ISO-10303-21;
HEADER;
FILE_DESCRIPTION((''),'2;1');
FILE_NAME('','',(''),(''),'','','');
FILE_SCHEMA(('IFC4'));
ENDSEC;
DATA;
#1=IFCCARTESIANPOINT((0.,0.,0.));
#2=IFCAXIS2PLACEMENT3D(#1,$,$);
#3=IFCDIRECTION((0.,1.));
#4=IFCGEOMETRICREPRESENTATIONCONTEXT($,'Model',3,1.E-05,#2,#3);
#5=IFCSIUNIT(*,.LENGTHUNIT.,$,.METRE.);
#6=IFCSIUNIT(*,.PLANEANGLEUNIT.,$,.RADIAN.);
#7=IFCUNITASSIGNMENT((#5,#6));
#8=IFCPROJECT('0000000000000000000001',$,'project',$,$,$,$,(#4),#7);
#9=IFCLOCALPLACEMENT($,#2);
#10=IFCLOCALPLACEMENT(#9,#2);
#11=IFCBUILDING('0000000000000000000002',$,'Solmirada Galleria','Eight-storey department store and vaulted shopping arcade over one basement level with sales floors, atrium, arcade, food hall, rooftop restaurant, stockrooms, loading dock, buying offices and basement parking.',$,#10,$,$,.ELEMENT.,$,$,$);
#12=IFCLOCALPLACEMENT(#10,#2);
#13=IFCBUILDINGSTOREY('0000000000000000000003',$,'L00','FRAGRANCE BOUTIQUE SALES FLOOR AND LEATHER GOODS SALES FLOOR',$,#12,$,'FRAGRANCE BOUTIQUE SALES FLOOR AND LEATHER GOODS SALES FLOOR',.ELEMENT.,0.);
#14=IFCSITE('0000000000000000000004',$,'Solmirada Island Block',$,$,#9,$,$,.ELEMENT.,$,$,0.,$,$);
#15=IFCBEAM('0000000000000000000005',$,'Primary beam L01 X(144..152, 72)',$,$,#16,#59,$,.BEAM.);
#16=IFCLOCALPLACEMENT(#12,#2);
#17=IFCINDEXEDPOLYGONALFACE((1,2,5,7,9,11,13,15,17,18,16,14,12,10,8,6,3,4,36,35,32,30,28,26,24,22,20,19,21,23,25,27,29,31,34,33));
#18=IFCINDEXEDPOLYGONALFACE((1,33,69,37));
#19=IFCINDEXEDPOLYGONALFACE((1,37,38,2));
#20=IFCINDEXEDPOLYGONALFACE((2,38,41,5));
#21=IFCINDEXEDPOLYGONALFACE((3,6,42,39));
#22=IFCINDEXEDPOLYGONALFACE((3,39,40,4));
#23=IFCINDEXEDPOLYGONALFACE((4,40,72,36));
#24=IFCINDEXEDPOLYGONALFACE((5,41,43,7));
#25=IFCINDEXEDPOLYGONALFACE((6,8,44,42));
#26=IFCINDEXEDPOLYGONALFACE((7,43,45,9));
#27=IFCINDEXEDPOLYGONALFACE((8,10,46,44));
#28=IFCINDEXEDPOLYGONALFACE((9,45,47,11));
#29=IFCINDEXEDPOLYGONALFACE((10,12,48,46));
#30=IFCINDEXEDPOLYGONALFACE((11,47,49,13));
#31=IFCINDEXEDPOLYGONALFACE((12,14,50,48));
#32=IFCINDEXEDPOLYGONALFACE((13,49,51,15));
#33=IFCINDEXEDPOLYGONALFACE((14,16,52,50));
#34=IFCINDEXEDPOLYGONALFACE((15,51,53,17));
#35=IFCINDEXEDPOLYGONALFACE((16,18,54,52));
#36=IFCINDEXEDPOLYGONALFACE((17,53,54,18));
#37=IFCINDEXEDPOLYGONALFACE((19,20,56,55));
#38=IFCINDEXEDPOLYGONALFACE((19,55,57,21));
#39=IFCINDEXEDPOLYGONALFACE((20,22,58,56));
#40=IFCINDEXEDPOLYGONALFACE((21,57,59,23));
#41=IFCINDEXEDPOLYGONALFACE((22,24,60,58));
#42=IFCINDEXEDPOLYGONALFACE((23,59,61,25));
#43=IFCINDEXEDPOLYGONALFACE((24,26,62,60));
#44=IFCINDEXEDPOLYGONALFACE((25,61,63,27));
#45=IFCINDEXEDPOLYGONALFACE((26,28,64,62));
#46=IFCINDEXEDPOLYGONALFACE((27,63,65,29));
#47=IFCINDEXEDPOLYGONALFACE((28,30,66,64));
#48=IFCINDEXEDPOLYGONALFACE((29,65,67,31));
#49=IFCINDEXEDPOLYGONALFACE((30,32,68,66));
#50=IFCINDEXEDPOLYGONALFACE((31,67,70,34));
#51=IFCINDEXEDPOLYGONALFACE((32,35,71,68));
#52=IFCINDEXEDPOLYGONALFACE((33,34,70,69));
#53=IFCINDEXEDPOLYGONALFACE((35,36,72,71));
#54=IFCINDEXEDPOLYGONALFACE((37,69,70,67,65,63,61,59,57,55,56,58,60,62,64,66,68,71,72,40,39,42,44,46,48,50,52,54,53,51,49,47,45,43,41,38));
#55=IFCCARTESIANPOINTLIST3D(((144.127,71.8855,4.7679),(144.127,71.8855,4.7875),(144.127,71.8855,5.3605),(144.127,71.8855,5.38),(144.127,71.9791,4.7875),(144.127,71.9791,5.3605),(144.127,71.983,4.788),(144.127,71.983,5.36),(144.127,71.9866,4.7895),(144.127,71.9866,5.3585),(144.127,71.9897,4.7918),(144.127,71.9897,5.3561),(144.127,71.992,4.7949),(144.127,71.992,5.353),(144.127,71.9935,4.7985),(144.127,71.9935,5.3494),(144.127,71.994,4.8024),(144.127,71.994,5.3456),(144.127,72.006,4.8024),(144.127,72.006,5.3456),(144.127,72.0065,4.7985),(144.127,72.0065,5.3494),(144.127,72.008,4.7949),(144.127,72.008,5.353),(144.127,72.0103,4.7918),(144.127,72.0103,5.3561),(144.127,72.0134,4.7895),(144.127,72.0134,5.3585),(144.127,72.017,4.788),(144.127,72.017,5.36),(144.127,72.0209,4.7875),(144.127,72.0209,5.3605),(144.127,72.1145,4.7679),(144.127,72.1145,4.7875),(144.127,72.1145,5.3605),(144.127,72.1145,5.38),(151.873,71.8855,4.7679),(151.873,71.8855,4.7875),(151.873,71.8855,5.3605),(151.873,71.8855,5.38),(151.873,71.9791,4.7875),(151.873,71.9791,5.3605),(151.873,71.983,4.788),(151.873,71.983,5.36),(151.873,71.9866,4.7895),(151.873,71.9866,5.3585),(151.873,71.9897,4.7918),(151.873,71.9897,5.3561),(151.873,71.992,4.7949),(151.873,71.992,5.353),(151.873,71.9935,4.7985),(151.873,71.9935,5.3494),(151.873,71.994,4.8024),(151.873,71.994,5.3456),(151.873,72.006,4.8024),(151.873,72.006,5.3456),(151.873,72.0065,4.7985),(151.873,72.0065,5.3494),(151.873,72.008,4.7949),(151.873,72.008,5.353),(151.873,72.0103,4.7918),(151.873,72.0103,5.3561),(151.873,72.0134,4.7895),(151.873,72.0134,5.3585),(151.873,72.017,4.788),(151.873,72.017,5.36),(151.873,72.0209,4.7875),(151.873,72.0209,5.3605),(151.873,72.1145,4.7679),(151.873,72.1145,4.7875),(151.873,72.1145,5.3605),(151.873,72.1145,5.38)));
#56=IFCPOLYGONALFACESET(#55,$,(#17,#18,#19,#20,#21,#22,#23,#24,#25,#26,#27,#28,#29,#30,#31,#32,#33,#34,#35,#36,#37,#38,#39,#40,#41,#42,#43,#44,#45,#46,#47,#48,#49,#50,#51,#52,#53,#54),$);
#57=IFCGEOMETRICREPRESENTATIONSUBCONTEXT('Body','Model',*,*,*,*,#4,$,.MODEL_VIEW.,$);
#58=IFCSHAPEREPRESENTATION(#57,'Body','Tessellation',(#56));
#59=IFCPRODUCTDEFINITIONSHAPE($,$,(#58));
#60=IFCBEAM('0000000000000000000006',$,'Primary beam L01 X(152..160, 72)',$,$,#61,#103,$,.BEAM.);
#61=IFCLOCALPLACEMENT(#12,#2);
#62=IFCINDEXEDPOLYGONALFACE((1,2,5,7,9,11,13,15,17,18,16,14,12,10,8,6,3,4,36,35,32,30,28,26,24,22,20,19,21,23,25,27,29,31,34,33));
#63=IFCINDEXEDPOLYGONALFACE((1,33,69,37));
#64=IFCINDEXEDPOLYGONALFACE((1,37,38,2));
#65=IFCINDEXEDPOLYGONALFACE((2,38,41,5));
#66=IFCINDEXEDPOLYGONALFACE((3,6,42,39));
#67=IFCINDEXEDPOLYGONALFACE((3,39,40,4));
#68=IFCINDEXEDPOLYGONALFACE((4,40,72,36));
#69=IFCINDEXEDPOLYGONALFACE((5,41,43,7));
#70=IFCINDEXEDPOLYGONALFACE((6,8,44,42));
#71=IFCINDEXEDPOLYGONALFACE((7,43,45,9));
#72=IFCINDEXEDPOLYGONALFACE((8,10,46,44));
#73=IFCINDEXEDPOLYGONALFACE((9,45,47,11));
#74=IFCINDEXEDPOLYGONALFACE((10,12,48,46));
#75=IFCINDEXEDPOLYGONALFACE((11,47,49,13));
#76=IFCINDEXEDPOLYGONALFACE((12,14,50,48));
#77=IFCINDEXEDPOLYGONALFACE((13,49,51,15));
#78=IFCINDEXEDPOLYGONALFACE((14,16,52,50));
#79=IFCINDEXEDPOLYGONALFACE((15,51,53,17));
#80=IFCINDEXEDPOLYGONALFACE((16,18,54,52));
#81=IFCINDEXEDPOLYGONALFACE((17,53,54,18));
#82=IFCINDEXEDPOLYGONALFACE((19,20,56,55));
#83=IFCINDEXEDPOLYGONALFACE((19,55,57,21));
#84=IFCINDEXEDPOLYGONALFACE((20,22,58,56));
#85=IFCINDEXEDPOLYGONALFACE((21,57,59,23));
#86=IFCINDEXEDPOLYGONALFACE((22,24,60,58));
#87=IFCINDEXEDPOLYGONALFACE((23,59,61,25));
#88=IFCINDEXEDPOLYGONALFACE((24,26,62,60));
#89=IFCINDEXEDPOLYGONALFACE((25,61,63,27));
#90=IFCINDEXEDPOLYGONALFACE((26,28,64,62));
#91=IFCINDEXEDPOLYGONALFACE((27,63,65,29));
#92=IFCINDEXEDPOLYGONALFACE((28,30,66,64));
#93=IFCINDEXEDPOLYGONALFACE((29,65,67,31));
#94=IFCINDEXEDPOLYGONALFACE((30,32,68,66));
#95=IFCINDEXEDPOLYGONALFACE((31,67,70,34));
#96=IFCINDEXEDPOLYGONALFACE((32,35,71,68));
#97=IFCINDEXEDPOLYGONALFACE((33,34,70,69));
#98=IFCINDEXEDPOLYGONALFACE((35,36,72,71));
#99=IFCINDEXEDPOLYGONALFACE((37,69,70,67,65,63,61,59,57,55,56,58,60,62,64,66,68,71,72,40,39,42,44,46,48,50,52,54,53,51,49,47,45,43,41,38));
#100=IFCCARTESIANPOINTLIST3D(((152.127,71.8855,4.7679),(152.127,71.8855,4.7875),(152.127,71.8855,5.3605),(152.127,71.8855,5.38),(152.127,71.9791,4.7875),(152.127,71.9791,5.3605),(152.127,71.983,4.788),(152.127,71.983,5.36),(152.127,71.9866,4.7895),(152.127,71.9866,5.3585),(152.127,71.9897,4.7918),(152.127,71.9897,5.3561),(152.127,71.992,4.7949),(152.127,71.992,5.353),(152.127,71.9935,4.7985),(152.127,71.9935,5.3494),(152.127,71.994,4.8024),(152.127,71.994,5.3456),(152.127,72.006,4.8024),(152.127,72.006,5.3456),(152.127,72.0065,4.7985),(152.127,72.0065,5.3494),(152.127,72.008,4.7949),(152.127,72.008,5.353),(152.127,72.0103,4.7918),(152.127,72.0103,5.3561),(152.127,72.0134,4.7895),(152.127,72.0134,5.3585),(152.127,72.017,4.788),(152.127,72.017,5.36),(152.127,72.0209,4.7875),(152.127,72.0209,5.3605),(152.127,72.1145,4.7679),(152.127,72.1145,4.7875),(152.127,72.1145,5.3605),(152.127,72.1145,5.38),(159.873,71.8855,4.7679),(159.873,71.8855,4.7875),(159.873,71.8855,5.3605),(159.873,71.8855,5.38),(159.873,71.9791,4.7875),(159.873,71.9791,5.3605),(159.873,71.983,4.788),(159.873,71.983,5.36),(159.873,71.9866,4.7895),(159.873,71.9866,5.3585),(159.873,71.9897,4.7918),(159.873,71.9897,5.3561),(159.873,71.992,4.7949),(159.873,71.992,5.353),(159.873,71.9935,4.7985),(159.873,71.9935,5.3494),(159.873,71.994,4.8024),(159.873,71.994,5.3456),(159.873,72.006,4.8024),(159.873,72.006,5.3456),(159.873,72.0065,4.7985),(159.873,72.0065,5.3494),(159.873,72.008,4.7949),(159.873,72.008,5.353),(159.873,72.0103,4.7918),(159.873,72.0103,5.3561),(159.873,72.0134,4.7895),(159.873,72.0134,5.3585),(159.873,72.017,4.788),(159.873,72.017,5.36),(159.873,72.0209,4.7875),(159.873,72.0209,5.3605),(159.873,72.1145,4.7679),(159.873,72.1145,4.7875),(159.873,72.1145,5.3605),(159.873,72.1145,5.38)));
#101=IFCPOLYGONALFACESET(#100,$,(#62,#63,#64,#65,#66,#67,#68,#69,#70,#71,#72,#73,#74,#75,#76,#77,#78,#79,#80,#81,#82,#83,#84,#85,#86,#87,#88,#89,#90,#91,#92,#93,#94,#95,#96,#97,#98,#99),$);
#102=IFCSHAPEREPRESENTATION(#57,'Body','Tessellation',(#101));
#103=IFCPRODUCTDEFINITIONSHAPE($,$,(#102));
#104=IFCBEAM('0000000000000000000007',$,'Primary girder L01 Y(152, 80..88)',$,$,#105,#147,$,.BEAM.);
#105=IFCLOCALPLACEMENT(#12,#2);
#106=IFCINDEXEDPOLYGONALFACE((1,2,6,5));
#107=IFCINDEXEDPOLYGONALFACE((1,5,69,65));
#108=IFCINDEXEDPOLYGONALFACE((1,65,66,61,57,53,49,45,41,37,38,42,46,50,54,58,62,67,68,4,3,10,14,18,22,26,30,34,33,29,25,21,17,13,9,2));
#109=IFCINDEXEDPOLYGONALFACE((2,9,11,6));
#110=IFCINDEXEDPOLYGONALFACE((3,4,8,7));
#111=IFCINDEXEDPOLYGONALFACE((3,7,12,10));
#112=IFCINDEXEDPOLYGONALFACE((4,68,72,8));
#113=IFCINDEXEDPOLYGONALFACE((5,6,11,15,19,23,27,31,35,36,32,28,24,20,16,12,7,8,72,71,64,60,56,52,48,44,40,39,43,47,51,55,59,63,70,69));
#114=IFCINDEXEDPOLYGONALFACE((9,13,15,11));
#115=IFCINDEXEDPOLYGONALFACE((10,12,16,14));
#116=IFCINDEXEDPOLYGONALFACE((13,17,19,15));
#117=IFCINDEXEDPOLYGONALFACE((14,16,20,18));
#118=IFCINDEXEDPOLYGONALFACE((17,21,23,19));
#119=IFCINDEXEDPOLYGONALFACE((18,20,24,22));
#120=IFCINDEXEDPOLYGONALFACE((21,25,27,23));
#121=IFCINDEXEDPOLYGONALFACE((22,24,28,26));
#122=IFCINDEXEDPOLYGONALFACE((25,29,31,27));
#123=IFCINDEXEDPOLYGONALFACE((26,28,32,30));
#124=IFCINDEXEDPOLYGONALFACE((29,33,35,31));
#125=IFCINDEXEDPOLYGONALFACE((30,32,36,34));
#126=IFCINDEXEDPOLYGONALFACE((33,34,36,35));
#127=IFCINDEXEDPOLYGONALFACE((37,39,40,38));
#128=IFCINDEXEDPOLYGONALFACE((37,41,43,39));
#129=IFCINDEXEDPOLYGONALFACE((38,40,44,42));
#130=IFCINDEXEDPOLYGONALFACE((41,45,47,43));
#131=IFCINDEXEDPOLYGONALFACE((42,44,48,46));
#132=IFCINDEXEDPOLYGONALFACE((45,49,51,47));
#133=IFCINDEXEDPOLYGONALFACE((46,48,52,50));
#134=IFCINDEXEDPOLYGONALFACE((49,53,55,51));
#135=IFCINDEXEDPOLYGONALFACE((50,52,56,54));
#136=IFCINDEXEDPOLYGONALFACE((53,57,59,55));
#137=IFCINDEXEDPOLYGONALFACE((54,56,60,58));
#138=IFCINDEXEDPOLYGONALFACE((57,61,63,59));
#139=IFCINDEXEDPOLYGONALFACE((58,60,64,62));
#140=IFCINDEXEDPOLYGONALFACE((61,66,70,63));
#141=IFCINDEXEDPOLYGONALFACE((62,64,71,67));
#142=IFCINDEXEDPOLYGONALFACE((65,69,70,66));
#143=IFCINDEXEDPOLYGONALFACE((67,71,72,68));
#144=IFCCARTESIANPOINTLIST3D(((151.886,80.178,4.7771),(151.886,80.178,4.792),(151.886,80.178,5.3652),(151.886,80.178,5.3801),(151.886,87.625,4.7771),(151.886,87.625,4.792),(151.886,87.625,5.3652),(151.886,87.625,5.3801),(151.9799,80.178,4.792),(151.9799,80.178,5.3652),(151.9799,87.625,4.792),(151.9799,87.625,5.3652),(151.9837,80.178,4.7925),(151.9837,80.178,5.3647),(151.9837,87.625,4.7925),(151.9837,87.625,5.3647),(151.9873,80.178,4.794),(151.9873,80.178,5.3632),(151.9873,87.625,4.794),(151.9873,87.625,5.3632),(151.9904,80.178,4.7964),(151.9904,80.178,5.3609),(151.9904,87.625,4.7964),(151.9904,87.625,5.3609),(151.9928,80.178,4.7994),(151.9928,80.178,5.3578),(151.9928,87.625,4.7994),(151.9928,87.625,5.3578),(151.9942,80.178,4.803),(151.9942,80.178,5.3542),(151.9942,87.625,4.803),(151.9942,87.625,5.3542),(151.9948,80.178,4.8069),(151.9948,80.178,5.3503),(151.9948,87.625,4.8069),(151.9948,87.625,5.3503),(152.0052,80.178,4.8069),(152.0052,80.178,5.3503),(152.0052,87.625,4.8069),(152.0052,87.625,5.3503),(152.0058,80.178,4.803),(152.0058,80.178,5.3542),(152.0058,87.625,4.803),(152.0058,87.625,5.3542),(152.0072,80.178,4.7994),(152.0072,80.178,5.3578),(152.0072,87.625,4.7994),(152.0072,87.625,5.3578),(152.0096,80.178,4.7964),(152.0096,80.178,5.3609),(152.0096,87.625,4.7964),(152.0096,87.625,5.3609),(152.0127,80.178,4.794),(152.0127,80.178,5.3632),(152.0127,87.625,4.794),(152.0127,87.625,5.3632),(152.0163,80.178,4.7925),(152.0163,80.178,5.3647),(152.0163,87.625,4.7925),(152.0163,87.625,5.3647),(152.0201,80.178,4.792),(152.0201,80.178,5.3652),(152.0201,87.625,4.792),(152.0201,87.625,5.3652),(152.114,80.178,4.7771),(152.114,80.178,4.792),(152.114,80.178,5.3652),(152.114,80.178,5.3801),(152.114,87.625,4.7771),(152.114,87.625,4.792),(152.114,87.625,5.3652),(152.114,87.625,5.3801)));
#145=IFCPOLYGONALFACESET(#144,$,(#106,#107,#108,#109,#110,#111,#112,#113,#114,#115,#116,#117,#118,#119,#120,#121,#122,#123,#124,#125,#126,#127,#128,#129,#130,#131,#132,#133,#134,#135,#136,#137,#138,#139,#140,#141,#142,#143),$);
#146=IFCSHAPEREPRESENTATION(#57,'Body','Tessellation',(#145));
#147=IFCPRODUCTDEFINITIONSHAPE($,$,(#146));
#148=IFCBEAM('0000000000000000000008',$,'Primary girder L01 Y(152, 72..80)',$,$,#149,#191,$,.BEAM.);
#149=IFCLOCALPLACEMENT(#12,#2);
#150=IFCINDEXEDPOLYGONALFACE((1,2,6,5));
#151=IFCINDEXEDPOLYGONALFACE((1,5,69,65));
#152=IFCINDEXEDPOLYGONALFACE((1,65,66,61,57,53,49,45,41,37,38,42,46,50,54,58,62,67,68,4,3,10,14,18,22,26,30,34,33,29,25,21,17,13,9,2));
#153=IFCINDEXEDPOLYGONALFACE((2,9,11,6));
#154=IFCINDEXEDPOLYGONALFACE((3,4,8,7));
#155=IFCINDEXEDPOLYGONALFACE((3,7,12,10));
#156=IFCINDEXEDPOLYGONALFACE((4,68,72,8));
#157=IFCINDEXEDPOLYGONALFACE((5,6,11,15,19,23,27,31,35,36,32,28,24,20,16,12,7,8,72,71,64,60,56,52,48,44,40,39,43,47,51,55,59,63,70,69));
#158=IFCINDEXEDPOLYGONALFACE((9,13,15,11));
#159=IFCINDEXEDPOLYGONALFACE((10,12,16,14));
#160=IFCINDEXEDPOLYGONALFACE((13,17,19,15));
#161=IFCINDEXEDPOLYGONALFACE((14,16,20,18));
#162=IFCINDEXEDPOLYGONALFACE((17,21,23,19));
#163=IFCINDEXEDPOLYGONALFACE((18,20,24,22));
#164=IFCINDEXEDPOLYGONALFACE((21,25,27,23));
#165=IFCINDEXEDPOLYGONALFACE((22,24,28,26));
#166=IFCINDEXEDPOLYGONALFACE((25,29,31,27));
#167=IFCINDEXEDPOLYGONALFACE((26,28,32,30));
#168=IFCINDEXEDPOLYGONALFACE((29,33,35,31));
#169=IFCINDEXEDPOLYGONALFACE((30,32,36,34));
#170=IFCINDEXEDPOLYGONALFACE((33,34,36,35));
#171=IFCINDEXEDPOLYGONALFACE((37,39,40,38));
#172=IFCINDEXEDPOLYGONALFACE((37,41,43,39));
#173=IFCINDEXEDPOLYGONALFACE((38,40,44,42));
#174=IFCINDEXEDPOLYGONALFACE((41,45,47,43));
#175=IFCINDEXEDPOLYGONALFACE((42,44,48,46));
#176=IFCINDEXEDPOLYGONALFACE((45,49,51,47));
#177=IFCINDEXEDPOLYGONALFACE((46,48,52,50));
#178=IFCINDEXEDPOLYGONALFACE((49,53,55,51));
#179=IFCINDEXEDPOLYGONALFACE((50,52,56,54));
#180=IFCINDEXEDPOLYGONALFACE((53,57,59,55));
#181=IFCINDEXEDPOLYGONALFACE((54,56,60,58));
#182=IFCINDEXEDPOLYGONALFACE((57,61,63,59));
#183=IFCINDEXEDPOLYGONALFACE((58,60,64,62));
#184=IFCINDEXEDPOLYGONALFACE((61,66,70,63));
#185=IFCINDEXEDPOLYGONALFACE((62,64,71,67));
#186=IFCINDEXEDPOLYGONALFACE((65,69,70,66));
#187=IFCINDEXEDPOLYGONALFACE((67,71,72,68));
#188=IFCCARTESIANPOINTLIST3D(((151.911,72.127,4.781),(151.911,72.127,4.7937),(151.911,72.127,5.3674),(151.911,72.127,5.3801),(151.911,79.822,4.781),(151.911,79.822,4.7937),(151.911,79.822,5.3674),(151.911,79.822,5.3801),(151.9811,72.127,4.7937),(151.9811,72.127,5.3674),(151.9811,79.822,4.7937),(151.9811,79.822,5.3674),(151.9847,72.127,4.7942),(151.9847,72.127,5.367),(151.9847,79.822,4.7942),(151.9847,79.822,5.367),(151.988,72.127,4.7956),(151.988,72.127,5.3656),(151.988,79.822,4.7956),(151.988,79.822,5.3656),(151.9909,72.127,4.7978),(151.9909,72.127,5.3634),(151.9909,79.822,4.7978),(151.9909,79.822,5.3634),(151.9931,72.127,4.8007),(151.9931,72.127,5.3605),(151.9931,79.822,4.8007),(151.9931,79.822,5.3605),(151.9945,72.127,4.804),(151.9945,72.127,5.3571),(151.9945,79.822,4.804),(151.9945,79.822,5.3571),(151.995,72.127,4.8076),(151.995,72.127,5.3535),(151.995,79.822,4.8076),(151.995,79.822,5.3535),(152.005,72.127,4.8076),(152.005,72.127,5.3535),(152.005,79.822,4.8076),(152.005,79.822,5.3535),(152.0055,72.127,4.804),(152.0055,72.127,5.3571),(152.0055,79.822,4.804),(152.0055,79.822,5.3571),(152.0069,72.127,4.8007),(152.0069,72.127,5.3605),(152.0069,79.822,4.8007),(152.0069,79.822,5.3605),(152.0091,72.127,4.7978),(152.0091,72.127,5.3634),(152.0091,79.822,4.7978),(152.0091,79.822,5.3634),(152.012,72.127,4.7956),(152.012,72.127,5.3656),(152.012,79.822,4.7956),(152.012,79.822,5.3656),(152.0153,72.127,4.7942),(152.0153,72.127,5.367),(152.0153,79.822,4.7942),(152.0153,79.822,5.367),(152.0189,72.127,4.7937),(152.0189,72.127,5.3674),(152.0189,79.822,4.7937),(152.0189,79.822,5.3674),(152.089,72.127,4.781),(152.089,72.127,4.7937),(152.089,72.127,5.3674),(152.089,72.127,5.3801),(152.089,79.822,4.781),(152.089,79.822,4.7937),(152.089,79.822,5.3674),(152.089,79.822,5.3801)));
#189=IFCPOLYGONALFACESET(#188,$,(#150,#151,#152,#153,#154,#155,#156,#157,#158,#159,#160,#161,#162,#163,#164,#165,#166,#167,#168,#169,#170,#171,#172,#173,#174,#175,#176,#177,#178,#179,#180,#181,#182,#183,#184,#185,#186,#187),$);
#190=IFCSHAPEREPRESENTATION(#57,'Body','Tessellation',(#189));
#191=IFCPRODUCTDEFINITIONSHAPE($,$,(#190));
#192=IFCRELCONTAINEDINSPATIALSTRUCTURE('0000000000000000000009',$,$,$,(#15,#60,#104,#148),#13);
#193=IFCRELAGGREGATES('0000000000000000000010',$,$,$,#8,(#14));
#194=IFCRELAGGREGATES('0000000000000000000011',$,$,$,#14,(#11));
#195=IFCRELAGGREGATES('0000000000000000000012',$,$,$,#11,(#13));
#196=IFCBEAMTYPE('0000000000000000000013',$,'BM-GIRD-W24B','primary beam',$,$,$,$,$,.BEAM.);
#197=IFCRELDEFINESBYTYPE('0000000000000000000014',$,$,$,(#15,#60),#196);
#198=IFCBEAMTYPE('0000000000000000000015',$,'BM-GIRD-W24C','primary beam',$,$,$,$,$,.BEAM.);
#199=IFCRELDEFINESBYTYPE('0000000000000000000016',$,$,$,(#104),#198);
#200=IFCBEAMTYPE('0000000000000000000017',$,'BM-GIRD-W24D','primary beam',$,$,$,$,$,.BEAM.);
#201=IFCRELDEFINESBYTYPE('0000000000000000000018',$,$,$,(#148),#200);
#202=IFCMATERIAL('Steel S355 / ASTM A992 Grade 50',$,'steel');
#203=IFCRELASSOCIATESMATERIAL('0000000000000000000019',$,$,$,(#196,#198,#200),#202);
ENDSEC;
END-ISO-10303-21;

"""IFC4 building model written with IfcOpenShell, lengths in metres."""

from ifc_helpers import new_model, si_unit, direction, frame, origin, origin_2d, place, context, subcontext, project, spatial, i_section, extrude, material, material_profile, profile_set, type_object, element, save


model = new_model("IFC4")

# Units and contexts
model_context = context("Model", 3, precision=1e-05, world=origin(), true_north=direction((0.0, 1.0)))
body_context = subcontext(model_context, "Body", "Model", "MODEL_VIEW")
ifc_project = project(units=[si_unit("LENGTHUNIT", "METRE"), si_unit("PLANEANGLEUNIT", "RADIAN")], contexts=[model_context])

# Site, building, storey
site_placement = place(None, origin())
site = spatial("IfcSite", under=ifc_project, at=site_placement, Name="Solmirada Island Block", CompositionType="ELEMENT", RefElevation=0.0)
building_placement = place(site_placement, origin())
building = spatial("IfcBuilding", under=site, at=building_placement, Name="Solmirada Galleria", Description="Eight-storey department store and vaulted shopping arcade over one basement level with sales floors, atrium, arcade, food hall, rooftop restaurant, stockrooms, loading dock, buying offices and basement parking.", CompositionType="ELEMENT")
storey_placement = place(building_placement, origin())
storey = spatial("IfcBuildingStorey", under=building, at=storey_placement, Name="L00", Description="FRAGRANCE BOUTIQUE SALES FLOOR AND LEATHER GOODS SALES FLOOR", LongName="FRAGRANCE BOUTIQUE SALES FLOOR AND LEATHER GOODS SALES FLOOR", CompositionType="ELEMENT", Elevation=0.0)

# Beams
ifc_material_1 = material(Name="Steel S355 / ASTM A992 Grade 50", Category="steel")
ifc_material_profile_1 = material_profile(ifc_material_1, i_section(OverallWidth=0.229, OverallDepth=0.6121, WebThickness=0.012, FlangeThickness=0.0195, FilletRadius=0.0149, at=origin_2d()), Name="W24X84")
ifc_profile_set_1 = profile_set([ifc_material_profile_1], Name="Steel S355 / ASTM A992 Grade 50")
beam_type_1 = type_object("IfcBeamType", Name="BM-GIRD-W24B", Description="primary beam", PredefinedType="BEAM", material=ifc_profile_set_1)
for number, where, z_axis, x_axis, name in (
    (1, (144.127, 72.0, 5.074), (1.0, 0.0, 0.0), (0.0, 1.0, 0.0), "Primary beam L01 X(144..152, 72)"),
    (2, (152.127, 72.0, 5.074), (1.0, 0.0, 0.0), (0.0, 1.0, 0.0), "Primary beam L01 X(152..160, 72)"),
):
    element("IfcBeam", number, at=place(storey_placement, frame(where, z_axis=z_axis, x_axis=x_axis)), inside=storey, type_object=beam_type_1, Name=name, PredefinedType="BEAM", context=body_context, shape_type="SweptSolid", body=[
        extrude(i_section(OverallWidth=0.229, OverallDepth=0.6121, WebThickness=0.012, FlangeThickness=0.0195, FilletRadius=0.0149, at=origin_2d()), origin(), (0.0, 0.0, 1.0), 7.7461),
    ])
ifc_material_profile_2 = material_profile(ifc_material_1, i_section(OverallWidth=0.228, OverallDepth=0.603, WebThickness=0.0105, FlangeThickness=0.0149, FilletRadius=0.0149, at=origin_2d()), Name="W24X68")
ifc_profile_set_2 = profile_set([ifc_material_profile_2], Name="Steel S355 / ASTM A992 Grade 50")
beam_type_2 = type_object("IfcBeamType", Name="BM-GIRD-W24C", Description="primary beam", PredefinedType="BEAM", material=ifc_profile_set_2)
beam_1_placement = place(storey_placement, frame((152.0, 80.178, 5.0786), z_axis=(0.0, 1.0, 0.0), x_axis=(-1.0, 0.0, 0.0)))
element("IfcBeam", 3, at=beam_1_placement, inside=storey, type_object=beam_type_2, Name="Primary girder L01 Y(152, 80..88)", PredefinedType="BEAM", context=body_context, shape_type="SweptSolid", body=[
    extrude(i_section(OverallWidth=0.228, OverallDepth=0.603, WebThickness=0.0105, FlangeThickness=0.0149, FilletRadius=0.0149, at=origin_2d()), origin(), (0.0, 0.0, 1.0), 7.447),
])
ifc_material_profile_3 = material_profile(ifc_material_1, i_section(OverallWidth=0.178, OverallDepth=0.5991, WebThickness=0.01, FlangeThickness=0.0127, FilletRadius=0.0139, at=origin_2d()), Name="W24X55")
ifc_profile_set_3 = profile_set([ifc_material_profile_3], Name="Steel S355 / ASTM A992 Grade 50")
beam_type_3 = type_object("IfcBeamType", Name="BM-GIRD-W24D", Description="primary beam", PredefinedType="BEAM", material=ifc_profile_set_3)
beam_2_placement = place(storey_placement, frame((152.0, 72.127, 5.0806), z_axis=(0.0, 1.0, 0.0), x_axis=(-1.0, 0.0, 0.0)))
element("IfcBeam", 4, at=beam_2_placement, inside=storey, type_object=beam_type_3, Name="Primary girder L01 Y(152, 72..80)", PredefinedType="BEAM", context=body_context, shape_type="SweptSolid", body=[
    extrude(i_section(OverallWidth=0.178, OverallDepth=0.5991, WebThickness=0.01, FlangeThickness=0.0127, FilletRadius=0.0139, at=origin_2d()), origin(), (0.0, 0.0, 1.0), 7.6951),
])

save(model, "model.ifc")
